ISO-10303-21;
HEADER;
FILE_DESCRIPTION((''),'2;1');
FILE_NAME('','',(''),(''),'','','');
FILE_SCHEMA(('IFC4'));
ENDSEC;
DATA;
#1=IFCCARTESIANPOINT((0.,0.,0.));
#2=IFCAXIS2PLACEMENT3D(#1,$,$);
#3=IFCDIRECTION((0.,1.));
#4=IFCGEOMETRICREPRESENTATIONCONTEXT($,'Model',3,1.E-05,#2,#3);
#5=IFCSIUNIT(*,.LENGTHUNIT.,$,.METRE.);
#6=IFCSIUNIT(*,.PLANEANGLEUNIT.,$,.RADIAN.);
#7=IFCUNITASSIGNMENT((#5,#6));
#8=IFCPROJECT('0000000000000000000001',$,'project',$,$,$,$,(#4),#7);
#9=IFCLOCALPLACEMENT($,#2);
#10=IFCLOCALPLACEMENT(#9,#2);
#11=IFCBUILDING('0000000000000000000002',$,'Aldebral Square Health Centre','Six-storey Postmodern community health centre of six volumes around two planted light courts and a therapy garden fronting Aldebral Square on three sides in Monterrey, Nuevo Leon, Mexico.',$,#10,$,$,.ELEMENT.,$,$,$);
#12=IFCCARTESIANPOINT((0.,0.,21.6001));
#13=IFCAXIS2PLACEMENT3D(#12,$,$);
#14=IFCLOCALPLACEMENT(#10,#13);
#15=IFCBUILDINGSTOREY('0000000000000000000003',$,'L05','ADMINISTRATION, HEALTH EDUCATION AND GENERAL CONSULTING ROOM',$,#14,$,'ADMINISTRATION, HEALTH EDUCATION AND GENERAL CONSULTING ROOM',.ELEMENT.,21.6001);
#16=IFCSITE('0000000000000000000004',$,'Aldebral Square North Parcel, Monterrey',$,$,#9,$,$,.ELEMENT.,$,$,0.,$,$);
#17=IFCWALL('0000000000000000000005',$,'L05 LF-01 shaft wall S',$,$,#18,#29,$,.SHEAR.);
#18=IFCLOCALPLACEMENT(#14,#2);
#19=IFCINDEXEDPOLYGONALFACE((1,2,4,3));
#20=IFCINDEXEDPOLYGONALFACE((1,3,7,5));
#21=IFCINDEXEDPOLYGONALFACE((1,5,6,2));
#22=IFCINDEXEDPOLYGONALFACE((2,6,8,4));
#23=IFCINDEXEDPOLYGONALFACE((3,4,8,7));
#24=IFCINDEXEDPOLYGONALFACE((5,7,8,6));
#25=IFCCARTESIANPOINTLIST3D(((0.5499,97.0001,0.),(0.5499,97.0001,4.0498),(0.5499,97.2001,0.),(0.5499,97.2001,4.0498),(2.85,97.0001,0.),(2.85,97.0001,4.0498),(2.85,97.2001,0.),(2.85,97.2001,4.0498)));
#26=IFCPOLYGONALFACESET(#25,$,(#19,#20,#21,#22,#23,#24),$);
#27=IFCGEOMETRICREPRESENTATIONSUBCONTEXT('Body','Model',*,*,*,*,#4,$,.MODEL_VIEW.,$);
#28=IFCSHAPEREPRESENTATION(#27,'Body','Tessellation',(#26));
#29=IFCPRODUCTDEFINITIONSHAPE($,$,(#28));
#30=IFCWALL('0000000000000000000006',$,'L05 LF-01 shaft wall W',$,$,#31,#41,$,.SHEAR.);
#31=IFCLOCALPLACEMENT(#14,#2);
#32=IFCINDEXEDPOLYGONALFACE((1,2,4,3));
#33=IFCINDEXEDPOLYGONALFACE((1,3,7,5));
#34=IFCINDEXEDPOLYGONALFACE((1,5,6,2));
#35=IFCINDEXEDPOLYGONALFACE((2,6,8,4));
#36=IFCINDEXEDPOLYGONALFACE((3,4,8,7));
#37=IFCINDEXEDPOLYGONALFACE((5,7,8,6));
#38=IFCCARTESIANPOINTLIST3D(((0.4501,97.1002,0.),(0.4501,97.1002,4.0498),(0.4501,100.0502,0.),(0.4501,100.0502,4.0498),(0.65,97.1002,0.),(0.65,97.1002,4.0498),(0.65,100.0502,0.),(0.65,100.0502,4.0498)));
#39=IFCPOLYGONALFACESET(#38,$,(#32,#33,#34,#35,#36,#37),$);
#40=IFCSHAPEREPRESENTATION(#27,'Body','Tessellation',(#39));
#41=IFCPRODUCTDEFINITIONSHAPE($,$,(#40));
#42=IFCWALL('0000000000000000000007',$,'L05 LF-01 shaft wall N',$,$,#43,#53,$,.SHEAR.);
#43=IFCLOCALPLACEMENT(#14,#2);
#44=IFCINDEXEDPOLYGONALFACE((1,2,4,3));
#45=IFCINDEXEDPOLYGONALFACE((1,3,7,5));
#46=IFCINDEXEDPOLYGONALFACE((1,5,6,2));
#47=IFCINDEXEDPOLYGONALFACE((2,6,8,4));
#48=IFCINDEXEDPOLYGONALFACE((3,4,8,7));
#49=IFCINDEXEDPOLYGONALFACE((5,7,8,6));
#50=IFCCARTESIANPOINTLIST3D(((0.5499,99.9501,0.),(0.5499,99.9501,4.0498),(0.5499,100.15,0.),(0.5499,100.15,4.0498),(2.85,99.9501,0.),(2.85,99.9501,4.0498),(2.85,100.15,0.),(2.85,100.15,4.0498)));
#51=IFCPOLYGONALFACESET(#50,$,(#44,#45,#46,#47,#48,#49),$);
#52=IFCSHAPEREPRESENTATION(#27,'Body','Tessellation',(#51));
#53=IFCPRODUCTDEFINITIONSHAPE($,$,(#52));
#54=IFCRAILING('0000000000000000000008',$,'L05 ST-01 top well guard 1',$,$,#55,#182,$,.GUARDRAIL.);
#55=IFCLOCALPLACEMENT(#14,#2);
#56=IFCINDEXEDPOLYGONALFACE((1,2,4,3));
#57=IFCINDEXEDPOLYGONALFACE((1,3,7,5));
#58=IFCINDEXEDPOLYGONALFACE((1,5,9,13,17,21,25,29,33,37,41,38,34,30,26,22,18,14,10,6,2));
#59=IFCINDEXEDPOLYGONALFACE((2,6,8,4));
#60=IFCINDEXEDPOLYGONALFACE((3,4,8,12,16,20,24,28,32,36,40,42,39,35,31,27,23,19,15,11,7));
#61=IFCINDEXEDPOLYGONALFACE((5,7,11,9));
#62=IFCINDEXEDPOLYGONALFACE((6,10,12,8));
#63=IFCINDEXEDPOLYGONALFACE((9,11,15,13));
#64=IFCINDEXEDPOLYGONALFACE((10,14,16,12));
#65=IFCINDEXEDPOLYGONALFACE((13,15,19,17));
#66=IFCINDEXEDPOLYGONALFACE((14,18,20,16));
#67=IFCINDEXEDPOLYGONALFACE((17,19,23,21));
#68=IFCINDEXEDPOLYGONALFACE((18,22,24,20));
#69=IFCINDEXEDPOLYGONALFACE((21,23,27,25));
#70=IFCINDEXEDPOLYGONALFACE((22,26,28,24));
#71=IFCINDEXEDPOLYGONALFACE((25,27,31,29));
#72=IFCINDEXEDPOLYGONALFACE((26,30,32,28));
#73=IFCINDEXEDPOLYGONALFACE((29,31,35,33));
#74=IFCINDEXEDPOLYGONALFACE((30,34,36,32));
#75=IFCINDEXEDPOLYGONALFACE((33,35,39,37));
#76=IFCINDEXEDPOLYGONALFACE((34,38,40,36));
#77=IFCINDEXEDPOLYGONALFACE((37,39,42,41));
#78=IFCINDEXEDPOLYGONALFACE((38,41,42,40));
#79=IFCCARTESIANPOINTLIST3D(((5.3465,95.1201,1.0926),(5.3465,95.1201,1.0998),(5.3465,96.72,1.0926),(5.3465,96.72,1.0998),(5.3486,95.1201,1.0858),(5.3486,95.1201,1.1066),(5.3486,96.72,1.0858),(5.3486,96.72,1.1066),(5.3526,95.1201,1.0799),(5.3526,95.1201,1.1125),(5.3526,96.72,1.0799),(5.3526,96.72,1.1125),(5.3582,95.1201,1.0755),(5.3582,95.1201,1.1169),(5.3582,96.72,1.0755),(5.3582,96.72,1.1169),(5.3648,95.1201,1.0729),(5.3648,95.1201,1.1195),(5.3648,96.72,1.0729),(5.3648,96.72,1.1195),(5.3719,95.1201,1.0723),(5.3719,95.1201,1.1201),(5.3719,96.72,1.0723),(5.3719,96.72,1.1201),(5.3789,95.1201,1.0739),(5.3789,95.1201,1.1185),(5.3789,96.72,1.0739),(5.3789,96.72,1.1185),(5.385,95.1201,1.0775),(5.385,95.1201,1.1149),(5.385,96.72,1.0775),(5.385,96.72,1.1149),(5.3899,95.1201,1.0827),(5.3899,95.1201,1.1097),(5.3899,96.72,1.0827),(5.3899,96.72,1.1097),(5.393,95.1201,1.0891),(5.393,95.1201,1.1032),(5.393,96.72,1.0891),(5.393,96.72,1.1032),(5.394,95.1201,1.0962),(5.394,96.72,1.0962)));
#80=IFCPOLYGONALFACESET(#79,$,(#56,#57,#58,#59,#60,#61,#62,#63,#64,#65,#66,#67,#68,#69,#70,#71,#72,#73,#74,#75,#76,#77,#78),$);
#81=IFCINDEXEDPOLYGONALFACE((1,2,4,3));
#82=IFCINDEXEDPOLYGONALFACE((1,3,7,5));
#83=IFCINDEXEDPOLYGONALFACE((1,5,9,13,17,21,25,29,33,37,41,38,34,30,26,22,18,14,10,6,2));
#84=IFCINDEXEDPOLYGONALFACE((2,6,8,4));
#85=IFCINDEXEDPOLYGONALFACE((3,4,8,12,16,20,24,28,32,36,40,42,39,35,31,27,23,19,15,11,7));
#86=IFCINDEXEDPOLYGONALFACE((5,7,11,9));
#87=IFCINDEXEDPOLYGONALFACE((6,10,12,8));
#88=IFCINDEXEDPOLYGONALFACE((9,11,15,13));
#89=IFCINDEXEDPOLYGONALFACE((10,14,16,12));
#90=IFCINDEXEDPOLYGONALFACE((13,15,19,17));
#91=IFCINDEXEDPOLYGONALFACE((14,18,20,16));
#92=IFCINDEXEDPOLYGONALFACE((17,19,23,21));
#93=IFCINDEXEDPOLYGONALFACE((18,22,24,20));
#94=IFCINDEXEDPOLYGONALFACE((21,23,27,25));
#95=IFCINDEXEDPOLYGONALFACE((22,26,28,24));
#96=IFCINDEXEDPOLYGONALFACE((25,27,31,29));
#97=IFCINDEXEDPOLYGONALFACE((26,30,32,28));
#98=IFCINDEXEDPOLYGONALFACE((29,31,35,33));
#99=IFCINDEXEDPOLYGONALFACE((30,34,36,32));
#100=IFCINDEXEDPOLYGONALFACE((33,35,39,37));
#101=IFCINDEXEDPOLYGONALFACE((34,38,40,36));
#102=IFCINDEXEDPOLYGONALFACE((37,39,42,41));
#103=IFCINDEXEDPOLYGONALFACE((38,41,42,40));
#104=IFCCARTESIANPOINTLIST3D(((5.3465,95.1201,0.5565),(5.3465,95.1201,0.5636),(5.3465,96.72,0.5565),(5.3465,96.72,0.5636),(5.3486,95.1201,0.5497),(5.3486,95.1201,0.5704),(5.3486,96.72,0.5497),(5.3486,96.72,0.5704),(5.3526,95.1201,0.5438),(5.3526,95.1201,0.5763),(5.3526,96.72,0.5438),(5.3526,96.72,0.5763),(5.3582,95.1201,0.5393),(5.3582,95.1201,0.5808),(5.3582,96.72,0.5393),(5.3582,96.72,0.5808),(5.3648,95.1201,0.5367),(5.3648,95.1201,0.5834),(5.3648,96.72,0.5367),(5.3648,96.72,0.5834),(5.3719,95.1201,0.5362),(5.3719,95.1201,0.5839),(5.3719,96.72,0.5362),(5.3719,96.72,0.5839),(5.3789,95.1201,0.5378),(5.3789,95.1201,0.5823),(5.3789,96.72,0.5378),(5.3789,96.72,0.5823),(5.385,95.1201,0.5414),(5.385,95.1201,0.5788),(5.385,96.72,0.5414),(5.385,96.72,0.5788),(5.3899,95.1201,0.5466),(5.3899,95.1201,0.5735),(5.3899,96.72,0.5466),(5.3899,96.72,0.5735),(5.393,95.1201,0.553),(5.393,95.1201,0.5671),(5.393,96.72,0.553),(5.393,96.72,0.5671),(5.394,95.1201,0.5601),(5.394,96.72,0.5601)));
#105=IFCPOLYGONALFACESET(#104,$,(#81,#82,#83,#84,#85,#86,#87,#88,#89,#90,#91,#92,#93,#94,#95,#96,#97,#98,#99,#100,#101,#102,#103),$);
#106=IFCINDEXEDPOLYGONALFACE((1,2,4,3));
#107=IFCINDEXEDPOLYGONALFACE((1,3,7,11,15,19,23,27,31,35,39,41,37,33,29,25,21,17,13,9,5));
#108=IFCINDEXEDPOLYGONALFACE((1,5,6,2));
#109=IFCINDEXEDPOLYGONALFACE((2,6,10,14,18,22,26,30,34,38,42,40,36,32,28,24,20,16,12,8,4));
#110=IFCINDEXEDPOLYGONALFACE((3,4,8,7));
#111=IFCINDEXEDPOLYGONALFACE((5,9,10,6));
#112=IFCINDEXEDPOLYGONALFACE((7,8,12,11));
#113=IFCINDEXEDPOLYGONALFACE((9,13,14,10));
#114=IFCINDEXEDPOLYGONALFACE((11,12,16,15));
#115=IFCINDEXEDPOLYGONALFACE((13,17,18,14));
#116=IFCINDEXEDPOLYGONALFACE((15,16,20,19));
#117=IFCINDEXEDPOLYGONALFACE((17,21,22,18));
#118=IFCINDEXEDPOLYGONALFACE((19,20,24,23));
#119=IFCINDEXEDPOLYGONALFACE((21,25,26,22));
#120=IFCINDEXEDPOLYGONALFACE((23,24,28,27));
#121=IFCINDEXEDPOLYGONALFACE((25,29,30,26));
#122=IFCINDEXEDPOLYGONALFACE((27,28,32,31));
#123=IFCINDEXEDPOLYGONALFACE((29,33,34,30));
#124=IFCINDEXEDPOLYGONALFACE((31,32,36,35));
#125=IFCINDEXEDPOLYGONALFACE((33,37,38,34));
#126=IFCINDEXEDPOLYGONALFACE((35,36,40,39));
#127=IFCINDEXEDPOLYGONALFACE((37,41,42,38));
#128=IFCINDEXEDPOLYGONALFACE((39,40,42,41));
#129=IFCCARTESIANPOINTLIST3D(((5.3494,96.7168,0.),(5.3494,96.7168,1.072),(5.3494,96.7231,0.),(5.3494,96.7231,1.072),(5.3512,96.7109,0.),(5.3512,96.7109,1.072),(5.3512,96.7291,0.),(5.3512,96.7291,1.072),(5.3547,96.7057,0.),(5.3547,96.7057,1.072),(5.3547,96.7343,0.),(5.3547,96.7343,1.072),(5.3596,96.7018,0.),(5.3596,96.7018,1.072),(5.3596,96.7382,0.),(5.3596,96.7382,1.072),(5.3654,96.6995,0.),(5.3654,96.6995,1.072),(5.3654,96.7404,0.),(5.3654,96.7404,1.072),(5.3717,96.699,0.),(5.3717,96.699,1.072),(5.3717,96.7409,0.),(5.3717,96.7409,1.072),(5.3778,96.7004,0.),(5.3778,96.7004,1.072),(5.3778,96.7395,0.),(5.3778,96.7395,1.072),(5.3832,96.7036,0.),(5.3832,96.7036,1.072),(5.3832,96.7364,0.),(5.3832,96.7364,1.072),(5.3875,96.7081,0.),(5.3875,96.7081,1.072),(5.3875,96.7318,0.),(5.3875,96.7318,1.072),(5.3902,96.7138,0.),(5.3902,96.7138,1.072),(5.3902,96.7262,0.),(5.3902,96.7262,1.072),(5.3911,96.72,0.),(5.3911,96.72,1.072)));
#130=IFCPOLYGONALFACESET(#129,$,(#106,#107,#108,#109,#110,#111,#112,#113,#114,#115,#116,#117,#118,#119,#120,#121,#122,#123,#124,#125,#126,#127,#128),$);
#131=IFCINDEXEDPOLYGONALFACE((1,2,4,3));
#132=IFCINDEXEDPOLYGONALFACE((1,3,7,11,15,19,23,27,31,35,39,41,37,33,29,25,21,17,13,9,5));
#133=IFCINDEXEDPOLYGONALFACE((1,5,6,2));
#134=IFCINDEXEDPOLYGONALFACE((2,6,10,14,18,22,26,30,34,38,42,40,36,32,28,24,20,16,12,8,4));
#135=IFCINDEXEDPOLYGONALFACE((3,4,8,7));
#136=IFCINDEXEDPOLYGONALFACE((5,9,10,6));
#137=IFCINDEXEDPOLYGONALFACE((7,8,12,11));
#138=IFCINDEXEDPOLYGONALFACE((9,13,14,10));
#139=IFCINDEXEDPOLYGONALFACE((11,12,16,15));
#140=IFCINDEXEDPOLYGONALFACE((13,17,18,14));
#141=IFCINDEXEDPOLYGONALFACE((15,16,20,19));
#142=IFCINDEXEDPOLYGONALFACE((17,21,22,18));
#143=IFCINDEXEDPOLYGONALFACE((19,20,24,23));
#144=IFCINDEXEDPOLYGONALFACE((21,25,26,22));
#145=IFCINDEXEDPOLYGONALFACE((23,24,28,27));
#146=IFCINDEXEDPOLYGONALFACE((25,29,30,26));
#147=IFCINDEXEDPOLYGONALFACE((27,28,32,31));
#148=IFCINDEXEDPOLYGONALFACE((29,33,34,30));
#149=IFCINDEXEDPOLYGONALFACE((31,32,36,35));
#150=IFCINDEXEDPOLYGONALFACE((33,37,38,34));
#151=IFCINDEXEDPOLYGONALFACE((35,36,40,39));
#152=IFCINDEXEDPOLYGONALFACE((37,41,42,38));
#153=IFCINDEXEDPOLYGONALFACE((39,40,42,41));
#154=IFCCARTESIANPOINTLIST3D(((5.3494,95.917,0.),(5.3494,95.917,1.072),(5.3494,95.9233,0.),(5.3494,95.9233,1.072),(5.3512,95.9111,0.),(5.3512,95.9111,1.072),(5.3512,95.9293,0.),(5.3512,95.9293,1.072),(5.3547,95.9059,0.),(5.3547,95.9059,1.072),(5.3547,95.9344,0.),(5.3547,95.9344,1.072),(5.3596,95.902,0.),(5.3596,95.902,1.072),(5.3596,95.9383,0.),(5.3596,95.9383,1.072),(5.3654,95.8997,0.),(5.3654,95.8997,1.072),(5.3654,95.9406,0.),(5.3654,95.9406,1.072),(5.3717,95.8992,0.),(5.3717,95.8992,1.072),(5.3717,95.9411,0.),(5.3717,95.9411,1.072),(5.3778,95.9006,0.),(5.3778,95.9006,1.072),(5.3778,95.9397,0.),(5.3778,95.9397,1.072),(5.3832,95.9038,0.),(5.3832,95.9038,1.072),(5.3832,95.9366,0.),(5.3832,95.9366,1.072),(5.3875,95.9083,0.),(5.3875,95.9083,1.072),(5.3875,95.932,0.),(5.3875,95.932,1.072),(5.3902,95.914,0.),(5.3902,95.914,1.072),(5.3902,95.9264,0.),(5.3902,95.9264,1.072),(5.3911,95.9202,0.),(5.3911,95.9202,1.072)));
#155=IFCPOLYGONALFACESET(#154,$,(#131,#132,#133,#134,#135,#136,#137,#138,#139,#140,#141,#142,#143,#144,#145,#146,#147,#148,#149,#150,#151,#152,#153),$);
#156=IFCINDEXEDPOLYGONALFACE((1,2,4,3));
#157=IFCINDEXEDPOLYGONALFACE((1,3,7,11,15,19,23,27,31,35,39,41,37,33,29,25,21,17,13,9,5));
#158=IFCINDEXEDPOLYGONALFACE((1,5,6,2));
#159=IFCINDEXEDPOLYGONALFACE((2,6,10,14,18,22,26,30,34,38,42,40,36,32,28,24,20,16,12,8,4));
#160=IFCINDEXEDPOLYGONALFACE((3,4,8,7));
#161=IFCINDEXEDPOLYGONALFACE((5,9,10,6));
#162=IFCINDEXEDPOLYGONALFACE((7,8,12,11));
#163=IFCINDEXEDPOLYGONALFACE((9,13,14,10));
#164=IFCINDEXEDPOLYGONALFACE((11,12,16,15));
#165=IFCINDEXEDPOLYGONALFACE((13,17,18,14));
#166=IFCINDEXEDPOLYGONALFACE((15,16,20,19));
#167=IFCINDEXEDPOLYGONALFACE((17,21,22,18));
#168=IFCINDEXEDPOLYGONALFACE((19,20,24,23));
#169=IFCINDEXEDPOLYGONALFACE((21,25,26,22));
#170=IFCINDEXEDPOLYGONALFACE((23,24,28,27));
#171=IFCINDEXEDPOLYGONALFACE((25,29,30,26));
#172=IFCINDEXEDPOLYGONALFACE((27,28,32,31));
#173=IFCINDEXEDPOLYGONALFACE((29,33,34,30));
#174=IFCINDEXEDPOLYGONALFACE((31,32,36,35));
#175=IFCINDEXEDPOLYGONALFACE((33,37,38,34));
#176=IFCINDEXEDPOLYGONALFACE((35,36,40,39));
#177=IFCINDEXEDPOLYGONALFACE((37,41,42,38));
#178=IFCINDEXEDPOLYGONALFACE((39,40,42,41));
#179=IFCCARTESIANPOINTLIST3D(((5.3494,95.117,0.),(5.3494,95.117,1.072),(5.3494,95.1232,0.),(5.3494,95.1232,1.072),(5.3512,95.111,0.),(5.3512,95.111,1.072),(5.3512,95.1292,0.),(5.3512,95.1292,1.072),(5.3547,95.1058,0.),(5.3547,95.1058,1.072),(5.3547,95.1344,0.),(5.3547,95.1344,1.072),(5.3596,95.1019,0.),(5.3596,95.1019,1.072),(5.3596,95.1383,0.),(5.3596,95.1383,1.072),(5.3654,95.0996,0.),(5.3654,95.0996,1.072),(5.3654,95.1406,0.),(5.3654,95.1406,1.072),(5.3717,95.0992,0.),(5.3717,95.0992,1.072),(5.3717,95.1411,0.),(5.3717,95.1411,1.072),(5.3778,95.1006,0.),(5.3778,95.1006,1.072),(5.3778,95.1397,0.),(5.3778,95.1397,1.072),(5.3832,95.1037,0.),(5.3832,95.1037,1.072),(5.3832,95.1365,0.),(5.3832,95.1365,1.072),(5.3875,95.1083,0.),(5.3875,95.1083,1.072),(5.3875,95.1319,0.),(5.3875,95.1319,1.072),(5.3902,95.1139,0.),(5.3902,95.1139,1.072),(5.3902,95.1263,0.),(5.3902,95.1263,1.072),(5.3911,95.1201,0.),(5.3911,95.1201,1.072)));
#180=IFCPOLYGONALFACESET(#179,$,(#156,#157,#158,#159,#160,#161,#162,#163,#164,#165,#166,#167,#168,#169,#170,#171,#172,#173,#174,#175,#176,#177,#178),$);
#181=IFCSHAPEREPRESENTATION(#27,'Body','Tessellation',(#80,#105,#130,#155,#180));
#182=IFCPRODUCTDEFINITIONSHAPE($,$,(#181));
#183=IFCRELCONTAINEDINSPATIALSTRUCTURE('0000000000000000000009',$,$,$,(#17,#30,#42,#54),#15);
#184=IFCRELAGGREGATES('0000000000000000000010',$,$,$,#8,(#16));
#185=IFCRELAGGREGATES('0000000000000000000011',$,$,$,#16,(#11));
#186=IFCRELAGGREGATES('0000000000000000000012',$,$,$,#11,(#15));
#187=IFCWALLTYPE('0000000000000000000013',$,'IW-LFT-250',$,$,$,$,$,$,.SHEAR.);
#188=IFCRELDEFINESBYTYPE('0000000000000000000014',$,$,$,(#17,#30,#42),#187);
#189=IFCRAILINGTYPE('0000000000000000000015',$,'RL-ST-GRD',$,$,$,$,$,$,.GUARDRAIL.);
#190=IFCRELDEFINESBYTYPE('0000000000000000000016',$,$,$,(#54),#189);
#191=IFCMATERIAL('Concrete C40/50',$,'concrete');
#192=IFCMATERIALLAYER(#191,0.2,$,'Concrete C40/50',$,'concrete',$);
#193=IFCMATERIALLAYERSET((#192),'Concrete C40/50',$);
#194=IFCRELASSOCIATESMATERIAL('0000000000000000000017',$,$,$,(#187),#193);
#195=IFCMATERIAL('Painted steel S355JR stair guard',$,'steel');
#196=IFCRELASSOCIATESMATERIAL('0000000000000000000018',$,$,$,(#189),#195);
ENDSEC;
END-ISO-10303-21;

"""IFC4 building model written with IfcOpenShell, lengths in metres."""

from ifc_helpers import new_model, si_unit, direction, frame, frame_2d, origin, origin_2d, place, context, subcontext, project, spatial, rectangle, circle, extrude, material, layer, layer_set, type_object, element, save


model = new_model("IFC4")

# Units and contexts
model_context = context("Model", 3, precision=1e-05, world=origin(), true_north=direction((0.0, 1.0)))
body_context = subcontext(model_context, "Body", "Model", "MODEL_VIEW")
ifc_project = project(units=[si_unit("LENGTHUNIT", "METRE"), si_unit("PLANEANGLEUNIT", "RADIAN")], contexts=[model_context])

# Site, building, storey
site_placement = place(None, origin())
site = spatial("IfcSite", under=ifc_project, at=site_placement, Name="Aldebral Square North Parcel, Monterrey", CompositionType="ELEMENT", RefElevation=0.0)
building_placement = place(site_placement, origin())
building = spatial("IfcBuilding", under=site, at=building_placement, Name="Aldebral Square Health Centre", Description="Six-storey Postmodern community health centre of six volumes around two planted light courts and a therapy garden fronting Aldebral Square on three sides in Monterrey, Nuevo Leon, Mexico.", CompositionType="ELEMENT")
storey_placement = place(building_placement, frame((0.0, 0.0, 21.6001)))
storey = spatial("IfcBuildingStorey", under=building, at=storey_placement, Name="L05", Description="ADMINISTRATION, HEALTH EDUCATION AND GENERAL CONSULTING ROOM", LongName="ADMINISTRATION, HEALTH EDUCATION AND GENERAL CONSULTING ROOM", CompositionType="ELEMENT", Elevation=21.6001)

# Shared definitions
ifc_material_1 = material(Name="Concrete C40/50", Category="concrete")

# Walls
ifc_layer_1 = layer(ifc_material_1, 0.2, Name="Concrete C40/50", Category="concrete")
ifc_layer_set_1 = layer_set([ifc_layer_1], Name="Concrete C40/50")
wall_type_1 = type_object("IfcWallType", Name="IW-LFT-250", PredefinedType="SHEAR", material=ifc_layer_set_1)
wall_1_placement = place(storey_placement, frame((0.55, 97.1001, 0.0), z_axis=(0.0, 0.0, 1.0), x_axis=(1.0, 0.0, 0.0)))
element("IfcWall", 1, at=wall_1_placement, inside=storey, type_object=wall_type_1, Name="L05 LF-01 shaft wall S", PredefinedType="SHEAR", context=body_context, shape_type="SweptSolid", body=[
    extrude(rectangle(XDim=2.3, YDim=0.2, at=frame_2d((1.1499, 0.0))), origin(), (0.0, 0.0, 1.0), 4.0498),
])
wall_2_placement = place(storey_placement, frame((0.55, 97.1001, 0.0), z_axis=(0.0, 0.0, 1.0), x_axis=(0.0, 1.0, 0.0)))
element("IfcWall", 2, at=wall_2_placement, inside=storey, type_object=wall_type_1, Name="L05 LF-01 shaft wall W", PredefinedType="SHEAR", context=body_context, shape_type="SweptSolid", body=[
    extrude(rectangle(XDim=2.95, YDim=0.2, at=frame_2d((1.4751, 0.0))), origin(), (0.0, 0.0, 1.0), 4.0498),
])
wall_3_placement = place(storey_placement, frame((0.55, 100.05, 0.0), z_axis=(0.0, 0.0, 1.0), x_axis=(1.0, 0.0, 0.0)))
element("IfcWall", 3, at=wall_3_placement, inside=storey, type_object=wall_type_1, Name="L05 LF-01 shaft wall N", PredefinedType="SHEAR", context=body_context, shape_type="SweptSolid", body=[
    extrude(rectangle(XDim=2.3, YDim=0.2, at=frame_2d((1.1499, 0.0))), origin(), (0.0, 0.0, 1.0), 4.0498),
])

# Railing
ifc_material_2 = material(Name="Painted steel S355JR stair guard", Category="steel")
railing_type = type_object("IfcRailingType", Name="RL-ST-GRD", PredefinedType="GUARDRAIL", material=ifc_material_2)
railing_1_placement = place(storey_placement, frame((5.3701, 96.72, 0.0)))
element("IfcRailing", 4, at=railing_1_placement, inside=storey, type_object=railing_type, Name="L05 ST-01 top well guard 1", PredefinedType="GUARDRAIL", context=body_context, shape_type="SweptSolid", body=[
    extrude(circle(Radius=0.0239, at=origin_2d()), frame((0.0, 0.0, 1.0962), z_axis=(0.0, -1.0, 0.0), x_axis=(1.0, 0.0, 0.0)), (0.0, 0.0, 1.0), 1.5999),
    extrude(circle(Radius=0.0239, at=origin_2d()), frame((0.0, 0.0, 0.5601), z_axis=(0.0, -1.0, 0.0), x_axis=(1.0, 0.0, 0.0)), (0.0, 0.0, 1.0), 1.5999),
    extrude(circle(Radius=0.021, at=origin_2d()), origin(), (0.0, 0.0, 1.0), 1.072),
    extrude(circle(Radius=0.021, at=origin_2d()), frame((0.0, -0.7998, 0.0)), (0.0, 0.0, 1.0), 1.072),
    extrude(circle(Radius=0.021, at=origin_2d()), frame((0.0, -1.5999, 0.0)), (0.0, 0.0, 1.0), 1.072),
])

save(model, "model.ifc")
